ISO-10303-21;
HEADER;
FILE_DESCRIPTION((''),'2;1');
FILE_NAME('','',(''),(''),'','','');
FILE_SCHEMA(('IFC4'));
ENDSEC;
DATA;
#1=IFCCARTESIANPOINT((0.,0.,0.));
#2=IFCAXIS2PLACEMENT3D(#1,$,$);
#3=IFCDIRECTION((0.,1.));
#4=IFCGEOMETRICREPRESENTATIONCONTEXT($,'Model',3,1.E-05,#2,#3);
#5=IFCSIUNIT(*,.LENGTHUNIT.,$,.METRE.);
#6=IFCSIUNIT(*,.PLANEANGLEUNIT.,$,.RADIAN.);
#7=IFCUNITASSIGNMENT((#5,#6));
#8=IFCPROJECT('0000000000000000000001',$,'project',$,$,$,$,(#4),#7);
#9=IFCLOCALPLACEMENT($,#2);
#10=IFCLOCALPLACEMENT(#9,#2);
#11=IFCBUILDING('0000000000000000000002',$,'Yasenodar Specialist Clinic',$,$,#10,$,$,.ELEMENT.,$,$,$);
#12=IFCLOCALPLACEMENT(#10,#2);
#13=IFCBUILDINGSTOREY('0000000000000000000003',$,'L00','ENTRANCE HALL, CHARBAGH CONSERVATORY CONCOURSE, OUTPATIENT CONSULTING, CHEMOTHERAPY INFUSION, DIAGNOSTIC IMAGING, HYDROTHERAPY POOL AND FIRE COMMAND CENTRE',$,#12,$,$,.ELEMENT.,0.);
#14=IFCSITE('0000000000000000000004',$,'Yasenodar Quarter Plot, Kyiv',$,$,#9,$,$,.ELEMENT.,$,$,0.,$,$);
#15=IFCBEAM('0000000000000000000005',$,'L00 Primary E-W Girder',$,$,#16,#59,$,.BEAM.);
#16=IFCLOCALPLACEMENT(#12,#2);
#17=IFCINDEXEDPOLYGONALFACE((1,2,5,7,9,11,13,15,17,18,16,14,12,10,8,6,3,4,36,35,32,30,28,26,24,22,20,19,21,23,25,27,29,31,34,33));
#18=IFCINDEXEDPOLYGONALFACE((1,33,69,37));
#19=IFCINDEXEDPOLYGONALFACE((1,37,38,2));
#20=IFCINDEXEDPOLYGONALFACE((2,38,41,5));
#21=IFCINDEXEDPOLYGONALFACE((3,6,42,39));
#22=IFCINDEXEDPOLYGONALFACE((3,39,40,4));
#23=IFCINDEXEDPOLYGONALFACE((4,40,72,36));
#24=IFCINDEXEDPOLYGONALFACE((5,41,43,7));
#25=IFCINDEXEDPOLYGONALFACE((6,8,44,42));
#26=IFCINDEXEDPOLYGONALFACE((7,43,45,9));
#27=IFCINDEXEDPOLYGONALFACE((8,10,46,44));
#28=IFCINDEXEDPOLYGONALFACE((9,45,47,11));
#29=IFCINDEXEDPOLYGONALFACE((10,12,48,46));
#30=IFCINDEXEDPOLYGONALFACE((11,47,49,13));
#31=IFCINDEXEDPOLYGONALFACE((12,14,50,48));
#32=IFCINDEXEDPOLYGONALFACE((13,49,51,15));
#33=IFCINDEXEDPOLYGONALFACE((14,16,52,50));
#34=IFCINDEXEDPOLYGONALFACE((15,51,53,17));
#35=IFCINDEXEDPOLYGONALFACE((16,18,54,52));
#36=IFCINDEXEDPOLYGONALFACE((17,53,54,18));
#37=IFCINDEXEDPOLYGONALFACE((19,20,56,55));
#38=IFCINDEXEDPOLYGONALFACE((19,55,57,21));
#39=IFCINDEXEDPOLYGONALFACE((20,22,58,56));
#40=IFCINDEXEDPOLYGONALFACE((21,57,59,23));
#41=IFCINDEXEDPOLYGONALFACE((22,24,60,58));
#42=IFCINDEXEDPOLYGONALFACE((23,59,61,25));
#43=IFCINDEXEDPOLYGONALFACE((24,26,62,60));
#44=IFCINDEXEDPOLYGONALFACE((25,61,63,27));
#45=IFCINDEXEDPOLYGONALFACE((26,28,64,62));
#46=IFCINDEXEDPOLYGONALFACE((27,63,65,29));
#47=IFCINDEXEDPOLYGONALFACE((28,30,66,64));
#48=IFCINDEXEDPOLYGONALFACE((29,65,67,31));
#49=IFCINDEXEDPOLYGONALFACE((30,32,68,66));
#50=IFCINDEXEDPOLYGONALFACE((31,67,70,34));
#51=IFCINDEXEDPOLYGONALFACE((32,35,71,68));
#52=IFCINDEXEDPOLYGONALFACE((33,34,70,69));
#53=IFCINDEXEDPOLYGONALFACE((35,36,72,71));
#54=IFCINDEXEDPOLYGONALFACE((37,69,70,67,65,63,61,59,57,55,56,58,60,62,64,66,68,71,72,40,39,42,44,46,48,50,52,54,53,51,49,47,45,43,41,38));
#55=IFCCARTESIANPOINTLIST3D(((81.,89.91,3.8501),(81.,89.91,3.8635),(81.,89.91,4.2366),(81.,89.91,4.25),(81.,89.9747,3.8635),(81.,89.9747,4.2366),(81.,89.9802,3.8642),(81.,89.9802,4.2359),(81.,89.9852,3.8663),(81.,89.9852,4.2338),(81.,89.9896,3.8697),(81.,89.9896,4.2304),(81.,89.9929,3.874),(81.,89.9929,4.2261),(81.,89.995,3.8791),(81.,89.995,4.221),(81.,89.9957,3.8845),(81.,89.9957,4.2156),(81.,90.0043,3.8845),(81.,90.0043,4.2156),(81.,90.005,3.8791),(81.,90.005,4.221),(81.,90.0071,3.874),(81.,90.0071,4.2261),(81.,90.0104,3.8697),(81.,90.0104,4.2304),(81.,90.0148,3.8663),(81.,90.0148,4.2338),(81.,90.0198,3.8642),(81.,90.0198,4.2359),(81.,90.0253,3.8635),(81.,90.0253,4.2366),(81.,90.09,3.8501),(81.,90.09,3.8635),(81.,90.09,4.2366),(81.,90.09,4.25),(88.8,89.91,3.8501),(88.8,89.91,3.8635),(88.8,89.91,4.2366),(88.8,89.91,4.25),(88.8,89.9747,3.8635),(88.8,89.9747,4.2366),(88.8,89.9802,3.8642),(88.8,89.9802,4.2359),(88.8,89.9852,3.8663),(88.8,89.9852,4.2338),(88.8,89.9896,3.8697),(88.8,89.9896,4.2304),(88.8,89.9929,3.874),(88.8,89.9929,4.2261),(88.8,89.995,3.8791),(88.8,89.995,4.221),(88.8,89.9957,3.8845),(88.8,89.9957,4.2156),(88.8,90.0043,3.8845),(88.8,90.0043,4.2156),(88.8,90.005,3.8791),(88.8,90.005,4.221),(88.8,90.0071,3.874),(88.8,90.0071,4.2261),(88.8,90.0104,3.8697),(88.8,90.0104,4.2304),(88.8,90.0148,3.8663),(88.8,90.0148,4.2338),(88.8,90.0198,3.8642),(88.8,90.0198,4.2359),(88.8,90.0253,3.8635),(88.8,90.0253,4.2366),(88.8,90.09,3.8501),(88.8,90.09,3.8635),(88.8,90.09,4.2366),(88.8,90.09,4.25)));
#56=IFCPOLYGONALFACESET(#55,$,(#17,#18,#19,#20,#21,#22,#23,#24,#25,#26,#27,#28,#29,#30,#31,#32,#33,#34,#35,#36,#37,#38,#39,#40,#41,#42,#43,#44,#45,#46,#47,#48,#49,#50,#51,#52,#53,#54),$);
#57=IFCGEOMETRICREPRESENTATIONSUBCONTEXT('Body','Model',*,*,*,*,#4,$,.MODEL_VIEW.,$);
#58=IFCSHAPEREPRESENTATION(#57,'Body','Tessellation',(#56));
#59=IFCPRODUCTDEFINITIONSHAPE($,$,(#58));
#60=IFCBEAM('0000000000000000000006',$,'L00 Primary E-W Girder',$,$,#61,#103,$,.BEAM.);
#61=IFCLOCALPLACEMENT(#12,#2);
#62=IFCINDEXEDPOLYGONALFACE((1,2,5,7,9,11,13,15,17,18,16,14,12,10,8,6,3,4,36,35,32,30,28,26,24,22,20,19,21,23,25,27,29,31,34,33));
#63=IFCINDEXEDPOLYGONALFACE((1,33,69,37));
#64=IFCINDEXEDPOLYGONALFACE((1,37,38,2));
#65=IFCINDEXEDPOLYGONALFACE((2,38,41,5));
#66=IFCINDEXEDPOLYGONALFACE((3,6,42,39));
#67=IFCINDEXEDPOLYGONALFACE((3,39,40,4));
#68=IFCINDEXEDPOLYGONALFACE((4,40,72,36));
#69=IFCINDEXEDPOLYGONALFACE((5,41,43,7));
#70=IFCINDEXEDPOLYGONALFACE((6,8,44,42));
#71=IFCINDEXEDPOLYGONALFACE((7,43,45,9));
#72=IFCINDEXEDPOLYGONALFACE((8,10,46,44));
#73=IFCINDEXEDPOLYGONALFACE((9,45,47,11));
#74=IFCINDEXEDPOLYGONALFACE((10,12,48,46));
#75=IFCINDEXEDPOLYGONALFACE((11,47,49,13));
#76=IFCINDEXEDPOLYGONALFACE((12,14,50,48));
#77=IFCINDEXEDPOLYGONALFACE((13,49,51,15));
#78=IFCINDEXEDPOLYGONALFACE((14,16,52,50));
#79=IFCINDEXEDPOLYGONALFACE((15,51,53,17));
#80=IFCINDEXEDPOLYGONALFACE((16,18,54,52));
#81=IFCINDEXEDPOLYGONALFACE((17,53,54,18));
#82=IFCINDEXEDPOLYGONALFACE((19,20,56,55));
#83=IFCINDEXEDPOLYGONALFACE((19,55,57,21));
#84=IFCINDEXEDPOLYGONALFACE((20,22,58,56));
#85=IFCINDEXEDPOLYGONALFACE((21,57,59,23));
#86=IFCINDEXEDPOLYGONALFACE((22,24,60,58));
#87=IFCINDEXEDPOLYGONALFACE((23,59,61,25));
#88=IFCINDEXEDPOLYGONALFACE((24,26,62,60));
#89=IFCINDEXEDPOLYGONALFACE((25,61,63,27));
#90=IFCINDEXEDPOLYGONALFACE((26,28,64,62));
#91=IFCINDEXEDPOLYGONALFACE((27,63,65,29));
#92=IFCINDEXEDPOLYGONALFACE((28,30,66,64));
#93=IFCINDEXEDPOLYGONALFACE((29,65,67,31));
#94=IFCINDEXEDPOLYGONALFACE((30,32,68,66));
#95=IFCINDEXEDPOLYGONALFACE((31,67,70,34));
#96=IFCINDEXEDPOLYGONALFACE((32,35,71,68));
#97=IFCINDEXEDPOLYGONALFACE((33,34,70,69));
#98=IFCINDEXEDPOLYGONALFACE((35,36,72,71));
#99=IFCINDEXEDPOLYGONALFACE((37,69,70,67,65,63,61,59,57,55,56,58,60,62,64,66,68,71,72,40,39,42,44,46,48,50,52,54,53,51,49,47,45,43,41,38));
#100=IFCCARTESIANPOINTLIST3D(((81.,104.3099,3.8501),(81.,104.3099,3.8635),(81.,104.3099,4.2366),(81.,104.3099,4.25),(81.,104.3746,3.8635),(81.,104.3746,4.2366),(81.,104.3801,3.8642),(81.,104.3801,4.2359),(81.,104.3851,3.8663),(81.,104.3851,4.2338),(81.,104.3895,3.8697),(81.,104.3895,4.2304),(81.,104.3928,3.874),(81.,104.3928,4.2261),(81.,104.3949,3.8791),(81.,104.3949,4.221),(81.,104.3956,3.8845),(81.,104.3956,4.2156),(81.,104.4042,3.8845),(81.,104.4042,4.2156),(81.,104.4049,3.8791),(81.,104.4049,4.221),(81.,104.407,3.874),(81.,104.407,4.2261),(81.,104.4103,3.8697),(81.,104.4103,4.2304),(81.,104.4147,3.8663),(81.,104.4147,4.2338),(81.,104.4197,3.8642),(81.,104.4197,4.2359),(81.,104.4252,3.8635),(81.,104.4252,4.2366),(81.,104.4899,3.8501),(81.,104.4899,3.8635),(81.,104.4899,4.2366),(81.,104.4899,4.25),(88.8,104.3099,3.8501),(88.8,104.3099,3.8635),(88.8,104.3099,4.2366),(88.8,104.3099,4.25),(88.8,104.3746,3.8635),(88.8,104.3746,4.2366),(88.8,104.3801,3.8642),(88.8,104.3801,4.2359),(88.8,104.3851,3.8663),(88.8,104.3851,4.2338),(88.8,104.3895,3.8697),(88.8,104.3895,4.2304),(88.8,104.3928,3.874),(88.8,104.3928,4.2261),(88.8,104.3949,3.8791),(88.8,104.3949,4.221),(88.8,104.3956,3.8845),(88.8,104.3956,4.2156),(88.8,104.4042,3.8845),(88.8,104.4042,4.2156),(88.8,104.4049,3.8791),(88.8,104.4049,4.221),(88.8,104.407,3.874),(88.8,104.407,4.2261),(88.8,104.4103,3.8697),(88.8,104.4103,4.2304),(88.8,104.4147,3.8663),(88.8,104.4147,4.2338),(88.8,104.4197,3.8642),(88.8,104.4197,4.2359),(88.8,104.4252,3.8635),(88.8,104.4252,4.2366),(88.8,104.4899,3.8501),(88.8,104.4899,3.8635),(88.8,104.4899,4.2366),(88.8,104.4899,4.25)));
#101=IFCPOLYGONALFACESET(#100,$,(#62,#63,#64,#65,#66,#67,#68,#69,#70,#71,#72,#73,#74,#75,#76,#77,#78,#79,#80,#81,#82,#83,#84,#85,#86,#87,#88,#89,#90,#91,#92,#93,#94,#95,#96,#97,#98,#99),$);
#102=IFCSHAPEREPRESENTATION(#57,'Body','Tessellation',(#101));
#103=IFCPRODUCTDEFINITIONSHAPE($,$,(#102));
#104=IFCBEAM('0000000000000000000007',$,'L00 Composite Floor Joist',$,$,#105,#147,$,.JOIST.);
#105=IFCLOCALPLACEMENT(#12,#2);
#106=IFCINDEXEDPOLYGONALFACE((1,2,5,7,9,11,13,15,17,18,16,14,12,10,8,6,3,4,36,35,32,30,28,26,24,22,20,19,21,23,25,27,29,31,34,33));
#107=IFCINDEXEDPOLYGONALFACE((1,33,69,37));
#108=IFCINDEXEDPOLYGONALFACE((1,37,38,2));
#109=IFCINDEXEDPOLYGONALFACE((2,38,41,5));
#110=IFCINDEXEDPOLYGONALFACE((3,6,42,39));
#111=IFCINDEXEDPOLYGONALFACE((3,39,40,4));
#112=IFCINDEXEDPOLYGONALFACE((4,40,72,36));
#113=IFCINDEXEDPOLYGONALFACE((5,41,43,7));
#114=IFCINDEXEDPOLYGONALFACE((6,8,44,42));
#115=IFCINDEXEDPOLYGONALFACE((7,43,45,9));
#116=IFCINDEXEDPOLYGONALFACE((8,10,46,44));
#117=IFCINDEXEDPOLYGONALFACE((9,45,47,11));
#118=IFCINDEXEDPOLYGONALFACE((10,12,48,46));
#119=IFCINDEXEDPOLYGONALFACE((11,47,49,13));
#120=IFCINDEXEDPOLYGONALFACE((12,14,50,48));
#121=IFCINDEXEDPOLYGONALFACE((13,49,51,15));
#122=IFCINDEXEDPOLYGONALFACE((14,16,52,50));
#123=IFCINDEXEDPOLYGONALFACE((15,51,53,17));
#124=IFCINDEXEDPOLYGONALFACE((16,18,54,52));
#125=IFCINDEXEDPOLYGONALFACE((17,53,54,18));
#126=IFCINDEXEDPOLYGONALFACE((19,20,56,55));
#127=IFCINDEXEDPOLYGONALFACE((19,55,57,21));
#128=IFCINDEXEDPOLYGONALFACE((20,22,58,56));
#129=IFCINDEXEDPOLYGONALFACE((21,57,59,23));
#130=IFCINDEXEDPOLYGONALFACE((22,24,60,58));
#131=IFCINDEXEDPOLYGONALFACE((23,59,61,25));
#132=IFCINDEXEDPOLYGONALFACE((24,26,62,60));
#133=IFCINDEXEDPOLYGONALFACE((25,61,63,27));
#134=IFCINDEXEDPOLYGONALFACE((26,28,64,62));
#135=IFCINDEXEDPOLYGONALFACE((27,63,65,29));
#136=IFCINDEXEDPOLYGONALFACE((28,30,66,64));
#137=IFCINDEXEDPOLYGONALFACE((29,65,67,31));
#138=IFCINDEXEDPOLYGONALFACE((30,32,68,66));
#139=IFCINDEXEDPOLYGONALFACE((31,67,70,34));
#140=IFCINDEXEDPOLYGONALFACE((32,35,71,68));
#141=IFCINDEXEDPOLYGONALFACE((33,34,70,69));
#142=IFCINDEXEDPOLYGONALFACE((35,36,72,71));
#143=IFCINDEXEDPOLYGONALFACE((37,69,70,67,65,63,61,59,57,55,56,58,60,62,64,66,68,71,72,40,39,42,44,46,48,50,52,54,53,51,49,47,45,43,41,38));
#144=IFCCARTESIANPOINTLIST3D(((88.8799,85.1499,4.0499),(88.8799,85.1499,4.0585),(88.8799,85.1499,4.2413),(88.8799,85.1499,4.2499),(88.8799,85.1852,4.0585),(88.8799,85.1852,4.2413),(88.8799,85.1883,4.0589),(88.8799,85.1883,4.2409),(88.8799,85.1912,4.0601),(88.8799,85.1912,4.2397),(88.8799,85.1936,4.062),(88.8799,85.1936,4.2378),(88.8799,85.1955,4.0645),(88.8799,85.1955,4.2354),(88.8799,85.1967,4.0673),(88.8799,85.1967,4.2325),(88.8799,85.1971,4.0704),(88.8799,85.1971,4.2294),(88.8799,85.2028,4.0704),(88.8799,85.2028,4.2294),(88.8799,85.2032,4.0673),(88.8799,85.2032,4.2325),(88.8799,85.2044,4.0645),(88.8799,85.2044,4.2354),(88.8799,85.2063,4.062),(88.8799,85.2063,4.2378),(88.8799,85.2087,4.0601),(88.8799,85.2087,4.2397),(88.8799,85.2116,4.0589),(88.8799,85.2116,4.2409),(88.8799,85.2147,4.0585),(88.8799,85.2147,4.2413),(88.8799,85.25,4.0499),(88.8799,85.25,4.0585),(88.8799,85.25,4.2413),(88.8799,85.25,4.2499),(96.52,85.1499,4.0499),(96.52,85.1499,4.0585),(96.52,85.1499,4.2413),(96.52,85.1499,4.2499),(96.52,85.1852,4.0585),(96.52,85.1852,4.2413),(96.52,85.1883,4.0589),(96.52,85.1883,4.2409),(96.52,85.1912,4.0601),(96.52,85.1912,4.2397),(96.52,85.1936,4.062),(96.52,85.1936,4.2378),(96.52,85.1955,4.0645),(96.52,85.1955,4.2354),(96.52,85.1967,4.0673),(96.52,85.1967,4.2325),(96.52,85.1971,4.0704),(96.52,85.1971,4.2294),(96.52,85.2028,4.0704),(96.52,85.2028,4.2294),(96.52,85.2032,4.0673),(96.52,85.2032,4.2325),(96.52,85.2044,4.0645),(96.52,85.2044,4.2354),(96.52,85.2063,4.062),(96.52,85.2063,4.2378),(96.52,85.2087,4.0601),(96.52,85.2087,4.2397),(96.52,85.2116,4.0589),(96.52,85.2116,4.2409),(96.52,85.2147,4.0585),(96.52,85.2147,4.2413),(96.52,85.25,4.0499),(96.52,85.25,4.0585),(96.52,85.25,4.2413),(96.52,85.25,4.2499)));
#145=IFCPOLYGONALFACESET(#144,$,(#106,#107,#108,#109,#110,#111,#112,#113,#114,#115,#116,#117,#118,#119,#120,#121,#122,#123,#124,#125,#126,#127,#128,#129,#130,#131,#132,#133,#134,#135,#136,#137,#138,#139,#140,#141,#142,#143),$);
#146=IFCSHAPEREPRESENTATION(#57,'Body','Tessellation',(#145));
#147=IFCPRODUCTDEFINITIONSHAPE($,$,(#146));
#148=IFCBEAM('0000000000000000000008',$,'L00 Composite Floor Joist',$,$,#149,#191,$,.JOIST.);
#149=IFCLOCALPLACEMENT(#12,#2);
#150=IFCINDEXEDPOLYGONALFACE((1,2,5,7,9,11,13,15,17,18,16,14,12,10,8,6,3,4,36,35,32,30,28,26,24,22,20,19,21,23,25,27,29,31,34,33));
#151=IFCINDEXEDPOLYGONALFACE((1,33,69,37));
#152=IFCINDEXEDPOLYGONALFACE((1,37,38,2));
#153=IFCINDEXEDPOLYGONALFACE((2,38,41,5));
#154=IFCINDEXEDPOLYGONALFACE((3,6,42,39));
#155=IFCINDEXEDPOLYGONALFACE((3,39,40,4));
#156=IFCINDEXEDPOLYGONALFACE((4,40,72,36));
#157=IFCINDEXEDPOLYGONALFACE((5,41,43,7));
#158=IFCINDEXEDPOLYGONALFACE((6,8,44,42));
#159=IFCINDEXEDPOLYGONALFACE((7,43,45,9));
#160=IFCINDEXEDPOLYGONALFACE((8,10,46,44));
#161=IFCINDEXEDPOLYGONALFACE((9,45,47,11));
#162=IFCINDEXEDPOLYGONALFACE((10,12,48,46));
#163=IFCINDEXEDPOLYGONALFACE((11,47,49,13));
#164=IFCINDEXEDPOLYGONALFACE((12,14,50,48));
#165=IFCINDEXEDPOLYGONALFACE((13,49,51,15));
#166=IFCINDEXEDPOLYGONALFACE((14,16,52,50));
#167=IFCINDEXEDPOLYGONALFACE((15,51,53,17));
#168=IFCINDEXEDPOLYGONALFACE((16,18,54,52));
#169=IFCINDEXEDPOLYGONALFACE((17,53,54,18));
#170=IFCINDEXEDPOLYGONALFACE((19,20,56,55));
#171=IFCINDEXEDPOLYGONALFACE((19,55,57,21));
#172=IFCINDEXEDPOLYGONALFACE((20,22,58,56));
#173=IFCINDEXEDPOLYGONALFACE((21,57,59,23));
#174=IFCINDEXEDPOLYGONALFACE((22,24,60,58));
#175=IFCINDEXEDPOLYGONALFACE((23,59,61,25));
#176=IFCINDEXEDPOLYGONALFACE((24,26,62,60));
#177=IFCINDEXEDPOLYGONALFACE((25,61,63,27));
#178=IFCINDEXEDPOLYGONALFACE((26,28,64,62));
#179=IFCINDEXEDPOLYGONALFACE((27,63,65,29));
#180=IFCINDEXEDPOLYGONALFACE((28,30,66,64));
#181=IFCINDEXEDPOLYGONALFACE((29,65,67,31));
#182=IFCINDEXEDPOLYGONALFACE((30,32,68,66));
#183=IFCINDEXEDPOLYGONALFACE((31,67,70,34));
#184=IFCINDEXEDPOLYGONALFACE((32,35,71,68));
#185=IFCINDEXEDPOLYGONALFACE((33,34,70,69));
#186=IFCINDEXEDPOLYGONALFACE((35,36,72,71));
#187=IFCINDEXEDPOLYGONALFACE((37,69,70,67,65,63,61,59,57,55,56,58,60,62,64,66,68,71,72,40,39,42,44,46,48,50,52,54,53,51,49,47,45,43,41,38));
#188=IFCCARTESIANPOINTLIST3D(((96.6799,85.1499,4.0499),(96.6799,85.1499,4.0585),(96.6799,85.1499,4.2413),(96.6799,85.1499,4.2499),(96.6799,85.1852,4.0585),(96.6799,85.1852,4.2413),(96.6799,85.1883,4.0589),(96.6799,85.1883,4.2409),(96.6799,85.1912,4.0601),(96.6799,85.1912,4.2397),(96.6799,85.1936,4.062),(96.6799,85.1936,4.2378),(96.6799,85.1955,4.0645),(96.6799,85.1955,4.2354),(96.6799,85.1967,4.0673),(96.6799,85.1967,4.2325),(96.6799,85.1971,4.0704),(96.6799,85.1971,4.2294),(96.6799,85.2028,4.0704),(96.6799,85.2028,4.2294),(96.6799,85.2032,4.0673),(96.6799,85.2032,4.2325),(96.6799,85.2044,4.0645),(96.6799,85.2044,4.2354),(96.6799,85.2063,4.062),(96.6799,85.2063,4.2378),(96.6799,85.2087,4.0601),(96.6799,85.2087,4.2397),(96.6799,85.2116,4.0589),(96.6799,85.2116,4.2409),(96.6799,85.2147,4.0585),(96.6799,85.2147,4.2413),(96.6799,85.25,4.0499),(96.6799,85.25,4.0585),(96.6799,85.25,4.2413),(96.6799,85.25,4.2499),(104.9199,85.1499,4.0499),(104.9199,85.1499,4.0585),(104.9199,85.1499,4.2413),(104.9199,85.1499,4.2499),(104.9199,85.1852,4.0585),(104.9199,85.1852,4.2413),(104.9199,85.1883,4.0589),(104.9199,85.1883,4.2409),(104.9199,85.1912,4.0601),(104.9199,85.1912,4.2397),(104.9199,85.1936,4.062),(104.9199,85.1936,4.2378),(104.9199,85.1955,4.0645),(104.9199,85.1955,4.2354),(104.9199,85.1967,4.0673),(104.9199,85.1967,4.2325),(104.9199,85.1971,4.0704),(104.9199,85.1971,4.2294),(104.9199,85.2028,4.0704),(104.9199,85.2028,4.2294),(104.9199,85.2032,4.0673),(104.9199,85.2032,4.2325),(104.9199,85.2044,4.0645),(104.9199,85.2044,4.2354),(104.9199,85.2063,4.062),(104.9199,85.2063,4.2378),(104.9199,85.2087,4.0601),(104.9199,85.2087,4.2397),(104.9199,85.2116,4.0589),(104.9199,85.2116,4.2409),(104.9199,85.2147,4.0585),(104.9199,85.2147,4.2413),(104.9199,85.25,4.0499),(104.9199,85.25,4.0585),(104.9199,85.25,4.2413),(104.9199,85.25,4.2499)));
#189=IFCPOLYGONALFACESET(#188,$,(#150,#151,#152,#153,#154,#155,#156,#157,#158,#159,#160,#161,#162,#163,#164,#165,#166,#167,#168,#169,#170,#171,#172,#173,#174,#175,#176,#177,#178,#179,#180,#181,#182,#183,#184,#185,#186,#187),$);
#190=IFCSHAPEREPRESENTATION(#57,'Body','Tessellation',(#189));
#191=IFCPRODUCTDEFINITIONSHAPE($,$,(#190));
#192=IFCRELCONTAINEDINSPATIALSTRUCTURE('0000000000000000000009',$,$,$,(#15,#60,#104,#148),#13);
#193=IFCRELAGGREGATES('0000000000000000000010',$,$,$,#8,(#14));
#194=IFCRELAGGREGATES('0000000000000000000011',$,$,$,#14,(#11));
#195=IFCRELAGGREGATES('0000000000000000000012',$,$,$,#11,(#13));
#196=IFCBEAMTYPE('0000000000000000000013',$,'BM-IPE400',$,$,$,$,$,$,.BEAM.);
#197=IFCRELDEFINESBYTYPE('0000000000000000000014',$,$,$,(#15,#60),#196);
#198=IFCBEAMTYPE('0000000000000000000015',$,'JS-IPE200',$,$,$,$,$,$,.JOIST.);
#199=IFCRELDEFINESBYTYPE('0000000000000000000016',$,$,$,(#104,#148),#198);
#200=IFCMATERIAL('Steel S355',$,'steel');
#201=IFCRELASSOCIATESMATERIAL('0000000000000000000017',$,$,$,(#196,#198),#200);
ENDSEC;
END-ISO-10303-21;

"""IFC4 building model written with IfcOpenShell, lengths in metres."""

from ifc_helpers import new_model, si_unit, direction, frame, origin, origin_2d, place, context, subcontext, project, spatial, i_section, extrude, material, material_profile, profile_set, type_object, element, save


model = new_model("IFC4")

# Units and contexts
model_context = context("Model", 3, precision=1e-05, world=origin(), true_north=direction((0.0, 1.0)))
body_context = subcontext(model_context, "Body", "Model", "MODEL_VIEW")
ifc_project = project(units=[si_unit("LENGTHUNIT", "METRE"), si_unit("PLANEANGLEUNIT", "RADIAN")], contexts=[model_context])

# Site, building, storey
site_placement = place(None, origin())
site = spatial("IfcSite", under=ifc_project, at=site_placement, Name="Yasenodar Quarter Plot, Kyiv", CompositionType="ELEMENT", RefElevation=0.0)
building_placement = place(site_placement, origin())
building = spatial("IfcBuilding", under=site, at=building_placement, Name="Yasenodar Specialist Clinic", CompositionType="ELEMENT")
storey_placement = place(building_placement, origin())
storey = spatial("IfcBuildingStorey", under=building, at=storey_placement, Name="L00", Description="ENTRANCE HALL, CHARBAGH CONSERVATORY CONCOURSE, OUTPATIENT CONSULTING, CHEMOTHERAPY INFUSION, DIAGNOSTIC IMAGING, HYDROTHERAPY POOL AND FIRE COMMAND CENTRE", CompositionType="ELEMENT", Elevation=0.0)

# Shared definitions
ifc_material_1 = material(Name="Steel S355", Category="steel")

# Beams
ifc_material_profile_1 = material_profile(ifc_material_1, i_section(OverallWidth=0.1799, OverallDepth=0.3999, WebThickness=0.0085, FlangeThickness=0.0134, FilletRadius=0.021, at=origin_2d()), Name="IPE 400")
ifc_profile_set_1 = profile_set([ifc_material_profile_1], Name="Steel S355")
beam_type_1 = type_object("IfcBeamType", Name="BM-IPE400", PredefinedType="BEAM", material=ifc_profile_set_1)
for number, where, z_axis, x_axis, name in (
    (1, (81.0, 90.0, 4.05), (1.0, 0.0, 0.0), (0.0, 1.0, 0.0), "L00 Primary E-W Girder"),
    (2, (81.0, 104.3999, 4.05), (1.0, 0.0, 0.0), (0.0, 1.0, 0.0), "L00 Primary E-W Girder"),
):
    element("IfcBeam", number, at=place(storey_placement, frame(where, z_axis=z_axis, x_axis=x_axis)), inside=storey, type_object=beam_type_1, Name=name, PredefinedType="BEAM", context=body_context, shape_type="SweptSolid", body=[
        extrude(i_section(OverallWidth=0.1799, OverallDepth=0.3999, WebThickness=0.0085, FlangeThickness=0.0134, FilletRadius=0.021, at=origin_2d()), origin(), (0.0, 0.0, 1.0), 7.8),
    ])
ifc_material_profile_2 = material_profile(ifc_material_1, i_section(OverallWidth=0.1001, OverallDepth=0.2, WebThickness=0.0056, FlangeThickness=0.0085, FilletRadius=0.012, at=origin_2d()), Name="IPE 200")
ifc_profile_set_2 = profile_set([ifc_material_profile_2], Name="Steel S355")
beam_type_2 = type_object("IfcBeamType", Name="JS-IPE200", PredefinedType="JOIST", material=ifc_profile_set_2)
beam_1_placement = place(storey_placement, frame((88.8799, 85.2, 4.1499), z_axis=(1.0, 0.0, 0.0), x_axis=(0.0, 1.0, 0.0)))
element("IfcBeam", 3, at=beam_1_placement, inside=storey, type_object=beam_type_2, Name="L00 Composite Floor Joist", PredefinedType="JOIST", context=body_context, shape_type="SweptSolid", body=[
    extrude(i_section(OverallWidth=0.1001, OverallDepth=0.2, WebThickness=0.0056, FlangeThickness=0.0085, FilletRadius=0.012, at=origin_2d()), origin(), (0.0, 0.0, 1.0), 7.6401),
])
beam_2_placement = place(storey_placement, frame((96.6799, 85.2, 4.1499), z_axis=(1.0, 0.0, 0.0), x_axis=(0.0, 1.0, 0.0)))
element("IfcBeam", 4, at=beam_2_placement, inside=storey, type_object=beam_type_2, Name="L00 Composite Floor Joist", PredefinedType="JOIST", context=body_context, shape_type="SweptSolid", body=[
    extrude(i_section(OverallWidth=0.1001, OverallDepth=0.2, WebThickness=0.0056, FlangeThickness=0.0085, FilletRadius=0.012, at=origin_2d()), origin(), (0.0, 0.0, 1.0), 8.24),
])

save(model, "model.ifc")
